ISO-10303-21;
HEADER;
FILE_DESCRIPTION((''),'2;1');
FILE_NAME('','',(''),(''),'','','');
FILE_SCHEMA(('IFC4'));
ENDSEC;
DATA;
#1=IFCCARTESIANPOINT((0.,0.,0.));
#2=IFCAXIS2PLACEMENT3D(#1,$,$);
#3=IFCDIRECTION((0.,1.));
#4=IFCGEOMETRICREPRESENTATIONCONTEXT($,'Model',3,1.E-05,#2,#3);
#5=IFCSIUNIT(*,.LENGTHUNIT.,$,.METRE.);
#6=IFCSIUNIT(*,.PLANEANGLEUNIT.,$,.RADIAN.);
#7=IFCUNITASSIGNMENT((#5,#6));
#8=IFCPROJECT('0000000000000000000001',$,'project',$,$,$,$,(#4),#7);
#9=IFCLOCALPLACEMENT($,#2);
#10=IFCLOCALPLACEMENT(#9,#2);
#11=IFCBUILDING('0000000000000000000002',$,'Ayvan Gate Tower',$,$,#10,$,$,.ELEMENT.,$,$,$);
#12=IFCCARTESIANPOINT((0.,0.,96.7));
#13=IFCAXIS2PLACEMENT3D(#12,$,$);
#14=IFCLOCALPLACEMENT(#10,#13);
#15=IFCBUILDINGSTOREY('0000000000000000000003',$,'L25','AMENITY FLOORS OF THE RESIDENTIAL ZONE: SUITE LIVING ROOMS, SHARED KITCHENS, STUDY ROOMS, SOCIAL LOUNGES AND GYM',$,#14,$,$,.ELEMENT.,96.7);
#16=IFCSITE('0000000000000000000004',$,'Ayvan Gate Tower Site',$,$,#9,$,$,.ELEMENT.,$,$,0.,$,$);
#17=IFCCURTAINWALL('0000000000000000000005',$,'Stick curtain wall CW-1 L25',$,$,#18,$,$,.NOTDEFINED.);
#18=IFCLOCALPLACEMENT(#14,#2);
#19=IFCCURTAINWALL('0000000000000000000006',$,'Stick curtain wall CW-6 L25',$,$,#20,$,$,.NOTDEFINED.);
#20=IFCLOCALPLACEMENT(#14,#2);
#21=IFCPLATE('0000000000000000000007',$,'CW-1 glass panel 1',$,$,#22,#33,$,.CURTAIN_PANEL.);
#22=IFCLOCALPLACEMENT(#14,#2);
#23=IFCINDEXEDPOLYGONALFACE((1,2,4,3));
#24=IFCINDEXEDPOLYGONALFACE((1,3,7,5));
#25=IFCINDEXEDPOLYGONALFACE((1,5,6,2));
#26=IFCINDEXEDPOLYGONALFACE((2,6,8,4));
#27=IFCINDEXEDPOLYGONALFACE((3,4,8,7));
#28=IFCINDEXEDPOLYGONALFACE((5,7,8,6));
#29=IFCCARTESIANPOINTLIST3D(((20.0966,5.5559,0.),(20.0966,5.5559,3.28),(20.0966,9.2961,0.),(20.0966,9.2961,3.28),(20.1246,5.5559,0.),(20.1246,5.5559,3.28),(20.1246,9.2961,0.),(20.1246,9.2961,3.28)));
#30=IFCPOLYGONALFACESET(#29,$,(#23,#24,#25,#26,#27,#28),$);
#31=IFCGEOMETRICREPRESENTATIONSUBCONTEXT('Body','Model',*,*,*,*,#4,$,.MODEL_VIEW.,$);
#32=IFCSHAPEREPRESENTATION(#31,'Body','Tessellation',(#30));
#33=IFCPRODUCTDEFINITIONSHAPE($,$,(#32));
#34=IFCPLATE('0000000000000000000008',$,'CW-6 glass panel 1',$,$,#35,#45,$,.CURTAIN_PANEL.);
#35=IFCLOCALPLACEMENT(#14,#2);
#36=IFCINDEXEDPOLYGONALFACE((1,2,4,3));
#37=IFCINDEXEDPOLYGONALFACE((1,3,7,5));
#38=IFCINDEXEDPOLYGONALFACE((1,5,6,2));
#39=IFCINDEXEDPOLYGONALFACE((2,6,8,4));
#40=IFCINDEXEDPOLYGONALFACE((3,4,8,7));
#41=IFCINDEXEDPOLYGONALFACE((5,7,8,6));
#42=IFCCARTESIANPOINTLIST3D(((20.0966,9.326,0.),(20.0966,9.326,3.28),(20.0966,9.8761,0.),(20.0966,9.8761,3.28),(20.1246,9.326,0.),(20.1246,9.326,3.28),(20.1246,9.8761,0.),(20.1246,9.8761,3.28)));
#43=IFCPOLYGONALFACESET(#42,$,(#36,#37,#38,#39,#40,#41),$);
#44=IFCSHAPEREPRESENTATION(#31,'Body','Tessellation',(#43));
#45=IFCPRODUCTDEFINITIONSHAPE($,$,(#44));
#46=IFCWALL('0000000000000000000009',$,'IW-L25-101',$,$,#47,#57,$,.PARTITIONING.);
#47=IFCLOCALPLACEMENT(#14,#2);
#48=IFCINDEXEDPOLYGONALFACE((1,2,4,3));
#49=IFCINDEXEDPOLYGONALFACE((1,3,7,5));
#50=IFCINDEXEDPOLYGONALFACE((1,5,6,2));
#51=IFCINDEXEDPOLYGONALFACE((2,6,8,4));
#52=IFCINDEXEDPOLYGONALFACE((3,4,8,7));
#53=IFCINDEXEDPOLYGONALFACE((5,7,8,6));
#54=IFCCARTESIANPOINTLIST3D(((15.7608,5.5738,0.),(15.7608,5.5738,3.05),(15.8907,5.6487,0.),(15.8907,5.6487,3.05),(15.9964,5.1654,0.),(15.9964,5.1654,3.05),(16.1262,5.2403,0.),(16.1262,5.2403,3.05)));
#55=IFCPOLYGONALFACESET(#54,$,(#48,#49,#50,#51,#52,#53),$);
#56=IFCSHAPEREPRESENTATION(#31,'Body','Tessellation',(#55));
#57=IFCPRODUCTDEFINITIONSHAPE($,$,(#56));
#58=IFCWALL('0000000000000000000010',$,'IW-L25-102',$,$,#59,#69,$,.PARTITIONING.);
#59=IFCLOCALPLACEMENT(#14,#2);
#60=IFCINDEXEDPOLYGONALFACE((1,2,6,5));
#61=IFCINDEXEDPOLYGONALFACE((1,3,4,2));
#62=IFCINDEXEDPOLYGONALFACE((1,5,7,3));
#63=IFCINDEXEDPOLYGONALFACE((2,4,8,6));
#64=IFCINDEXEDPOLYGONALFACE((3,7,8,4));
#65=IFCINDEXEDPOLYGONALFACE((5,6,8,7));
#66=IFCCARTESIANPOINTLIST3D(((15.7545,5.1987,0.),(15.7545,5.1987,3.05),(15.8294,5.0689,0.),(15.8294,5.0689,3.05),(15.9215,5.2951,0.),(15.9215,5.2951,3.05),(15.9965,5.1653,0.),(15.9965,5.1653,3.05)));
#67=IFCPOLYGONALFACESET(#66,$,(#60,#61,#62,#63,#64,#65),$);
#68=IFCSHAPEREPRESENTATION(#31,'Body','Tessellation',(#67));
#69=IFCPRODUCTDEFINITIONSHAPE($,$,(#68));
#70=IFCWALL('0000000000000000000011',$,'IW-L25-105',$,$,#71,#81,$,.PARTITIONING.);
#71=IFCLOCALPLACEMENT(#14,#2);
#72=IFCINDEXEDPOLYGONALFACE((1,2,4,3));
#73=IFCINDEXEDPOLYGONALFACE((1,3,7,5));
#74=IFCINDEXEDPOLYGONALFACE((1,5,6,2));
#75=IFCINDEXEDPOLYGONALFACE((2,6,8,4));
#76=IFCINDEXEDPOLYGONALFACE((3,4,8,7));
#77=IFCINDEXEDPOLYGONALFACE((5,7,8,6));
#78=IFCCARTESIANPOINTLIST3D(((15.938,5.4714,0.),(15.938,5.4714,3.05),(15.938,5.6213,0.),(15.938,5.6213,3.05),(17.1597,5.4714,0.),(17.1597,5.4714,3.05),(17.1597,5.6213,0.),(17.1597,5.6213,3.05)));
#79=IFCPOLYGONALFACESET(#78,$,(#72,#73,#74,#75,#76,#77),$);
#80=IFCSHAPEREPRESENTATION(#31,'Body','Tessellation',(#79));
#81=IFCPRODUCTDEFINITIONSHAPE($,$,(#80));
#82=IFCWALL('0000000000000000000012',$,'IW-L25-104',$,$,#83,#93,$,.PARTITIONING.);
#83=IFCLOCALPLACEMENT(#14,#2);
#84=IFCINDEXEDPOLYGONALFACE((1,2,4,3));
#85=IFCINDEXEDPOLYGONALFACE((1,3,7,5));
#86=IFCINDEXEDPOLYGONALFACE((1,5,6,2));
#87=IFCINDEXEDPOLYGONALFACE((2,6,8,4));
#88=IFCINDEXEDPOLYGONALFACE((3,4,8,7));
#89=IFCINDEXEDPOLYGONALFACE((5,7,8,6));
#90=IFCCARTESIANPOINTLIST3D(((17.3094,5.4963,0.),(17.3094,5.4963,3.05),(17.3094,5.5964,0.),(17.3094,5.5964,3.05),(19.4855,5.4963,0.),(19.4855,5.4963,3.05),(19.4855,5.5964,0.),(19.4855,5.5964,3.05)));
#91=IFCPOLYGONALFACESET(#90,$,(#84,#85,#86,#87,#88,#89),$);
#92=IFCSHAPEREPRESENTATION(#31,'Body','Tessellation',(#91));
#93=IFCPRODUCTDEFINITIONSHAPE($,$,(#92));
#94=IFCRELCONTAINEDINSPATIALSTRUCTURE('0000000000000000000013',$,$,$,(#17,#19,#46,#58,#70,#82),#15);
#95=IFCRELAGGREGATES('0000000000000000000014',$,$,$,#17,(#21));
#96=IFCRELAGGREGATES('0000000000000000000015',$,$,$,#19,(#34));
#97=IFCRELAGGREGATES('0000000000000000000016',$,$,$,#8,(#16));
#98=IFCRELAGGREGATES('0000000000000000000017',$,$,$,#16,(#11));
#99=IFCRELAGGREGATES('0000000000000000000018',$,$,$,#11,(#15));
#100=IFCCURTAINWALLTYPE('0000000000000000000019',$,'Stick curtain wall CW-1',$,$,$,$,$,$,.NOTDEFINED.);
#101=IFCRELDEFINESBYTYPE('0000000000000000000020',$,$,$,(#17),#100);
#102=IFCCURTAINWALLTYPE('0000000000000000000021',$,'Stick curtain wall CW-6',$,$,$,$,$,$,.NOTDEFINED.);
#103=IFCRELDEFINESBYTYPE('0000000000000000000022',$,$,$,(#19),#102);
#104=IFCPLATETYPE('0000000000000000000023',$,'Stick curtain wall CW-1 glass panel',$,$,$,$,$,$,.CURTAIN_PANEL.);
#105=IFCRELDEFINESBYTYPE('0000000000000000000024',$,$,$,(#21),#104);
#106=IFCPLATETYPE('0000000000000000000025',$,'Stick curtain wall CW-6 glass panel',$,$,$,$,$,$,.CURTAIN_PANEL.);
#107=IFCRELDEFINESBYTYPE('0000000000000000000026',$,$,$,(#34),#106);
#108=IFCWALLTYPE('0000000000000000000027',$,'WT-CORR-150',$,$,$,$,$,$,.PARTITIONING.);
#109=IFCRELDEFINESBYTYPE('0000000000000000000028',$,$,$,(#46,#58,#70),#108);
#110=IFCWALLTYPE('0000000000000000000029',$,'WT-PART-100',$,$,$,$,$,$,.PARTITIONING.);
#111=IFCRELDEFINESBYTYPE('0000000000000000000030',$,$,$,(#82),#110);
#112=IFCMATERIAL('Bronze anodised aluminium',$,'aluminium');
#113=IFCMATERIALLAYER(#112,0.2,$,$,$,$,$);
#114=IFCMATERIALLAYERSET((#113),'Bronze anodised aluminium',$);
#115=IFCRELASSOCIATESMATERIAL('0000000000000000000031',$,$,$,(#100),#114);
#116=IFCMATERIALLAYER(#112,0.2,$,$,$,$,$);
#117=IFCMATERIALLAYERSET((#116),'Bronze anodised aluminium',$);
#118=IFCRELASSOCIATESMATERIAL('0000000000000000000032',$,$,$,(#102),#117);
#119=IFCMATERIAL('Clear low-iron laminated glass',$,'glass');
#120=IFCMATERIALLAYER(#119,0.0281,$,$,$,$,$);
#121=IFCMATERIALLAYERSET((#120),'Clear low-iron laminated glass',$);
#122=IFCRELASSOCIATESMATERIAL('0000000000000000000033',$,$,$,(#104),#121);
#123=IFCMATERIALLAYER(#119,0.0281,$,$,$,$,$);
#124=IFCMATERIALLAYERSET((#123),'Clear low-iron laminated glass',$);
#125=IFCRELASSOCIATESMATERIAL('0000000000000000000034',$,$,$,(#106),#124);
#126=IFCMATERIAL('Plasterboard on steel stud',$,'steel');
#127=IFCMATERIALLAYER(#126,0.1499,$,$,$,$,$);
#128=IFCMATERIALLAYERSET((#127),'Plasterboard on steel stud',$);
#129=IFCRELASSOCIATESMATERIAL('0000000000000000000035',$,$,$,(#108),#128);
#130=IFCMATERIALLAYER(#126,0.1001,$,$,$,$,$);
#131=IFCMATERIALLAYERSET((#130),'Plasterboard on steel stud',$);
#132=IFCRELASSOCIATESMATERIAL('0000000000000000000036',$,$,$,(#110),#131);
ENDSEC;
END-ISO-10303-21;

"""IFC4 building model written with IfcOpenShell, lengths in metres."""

from ifc_helpers import new_model, si_unit, direction, frame, frame_2d, origin, origin_2d, place, context, subcontext, project, spatial, rectangle, extrude, material, layer, layer_set, type_object, element, aggregate, save


model = new_model("IFC4")

# Units and contexts
model_context = context("Model", 3, precision=1e-05, world=origin(), true_north=direction((0.0, 1.0)))
body_context = subcontext(model_context, "Body", "Model", "MODEL_VIEW")
ifc_project = project(units=[si_unit("LENGTHUNIT", "METRE"), si_unit("PLANEANGLEUNIT", "RADIAN")], contexts=[model_context])

# Site, building, storey
site_placement = place(None, origin())
site = spatial("IfcSite", under=ifc_project, at=site_placement, Name="Ayvan Gate Tower Site", CompositionType="ELEMENT", RefElevation=0.0)
building_placement = place(site_placement, origin())
building = spatial("IfcBuilding", under=site, at=building_placement, Name="Ayvan Gate Tower", CompositionType="ELEMENT")
storey_placement = place(building_placement, frame((0.0, 0.0, 96.7)))
storey = spatial("IfcBuildingStorey", under=building, at=storey_placement, Name="L25", Description="AMENITY FLOORS OF THE RESIDENTIAL ZONE: SUITE LIVING ROOMS, SHARED KITCHENS, STUDY ROOMS, SOCIAL LOUNGES AND GYM", CompositionType="ELEMENT", Elevation=96.7)

# Shared definitions
ifc_material_1 = material(Name="Bronze anodised aluminium", Category="aluminium")
ifc_layer_1 = layer(ifc_material_1, 0.2)
ifc_layer_set_1 = layer_set([ifc_layer_1], Name="Bronze anodised aluminium")
curtain_wall_type_1 = type_object("IfcCurtainWallType", Name="Stick curtain wall CW-1", PredefinedType="NOTDEFINED", material=ifc_layer_set_1)

# Curtain walls
curtain_wall_1_placement = place(storey_placement, origin())
curtain_wall_1 = element("IfcCurtainWall", 1, at=curtain_wall_1_placement, inside=storey, type_object=curtain_wall_type_1, Name="Stick curtain wall CW-1 L25", PredefinedType="NOTDEFINED")
ifc_layer_2 = layer(ifc_material_1, 0.2)
ifc_layer_set_2 = layer_set([ifc_layer_2], Name="Bronze anodised aluminium")
curtain_wall_type_2 = type_object("IfcCurtainWallType", Name="Stick curtain wall CW-6", PredefinedType="NOTDEFINED", material=ifc_layer_set_2)
curtain_wall_2_placement = place(storey_placement, origin())
curtain_wall_2 = element("IfcCurtainWall", 2, at=curtain_wall_2_placement, inside=storey, type_object=curtain_wall_type_2, Name="Stick curtain wall CW-6 L25", PredefinedType="NOTDEFINED")

# Plates
ifc_material_2 = material(Name="Clear low-iron laminated glass", Category="glass")
ifc_layer_3 = layer(ifc_material_2, 0.0281)
ifc_layer_set_3 = layer_set([ifc_layer_3], Name="Clear low-iron laminated glass")
plate_type_1 = type_object("IfcPlateType", Name="Stick curtain wall CW-1 glass panel", PredefinedType="CURTAIN_PANEL", material=ifc_layer_set_3)
plate_1_placement = place(storey_placement, frame((20.1106, 7.426, 0.0), z_axis=(0.0, 0.0, 1.0), x_axis=(0.0, 1.0, 0.0)))
plate_1 = element("IfcPlate", 3, at=plate_1_placement, type_object=plate_type_1, Name="CW-1 glass panel 1", PredefinedType="CURTAIN_PANEL", context=body_context, shape_type="SweptSolid", body=[
    extrude(rectangle(XDim=3.7402, YDim=0.0281, at=origin_2d()), origin(), (0.0, 0.0, 1.0), 3.28),
])
aggregate(curtain_wall_1, [plate_1])
ifc_layer_4 = layer(ifc_material_2, 0.0281)
ifc_layer_set_4 = layer_set([ifc_layer_4], Name="Clear low-iron laminated glass")
plate_type_2 = type_object("IfcPlateType", Name="Stick curtain wall CW-6 glass panel", PredefinedType="CURTAIN_PANEL", material=ifc_layer_set_4)
plate_2_placement = place(storey_placement, frame((20.1106, 9.6011, 0.0), z_axis=(0.0, 0.0, 1.0), x_axis=(0.0, 1.0, 0.0)))
plate_2 = element("IfcPlate", 4, at=plate_2_placement, type_object=plate_type_2, Name="CW-6 glass panel 1", PredefinedType="CURTAIN_PANEL", context=body_context, shape_type="SweptSolid", body=[
    extrude(rectangle(XDim=0.55, YDim=0.0281, at=origin_2d()), origin(), (0.0, 0.0, 1.0), 3.28),
])
aggregate(curtain_wall_2, [plate_2])

# Walls
ifc_material_3 = material(Name="Plasterboard on steel stud", Category="steel")
ifc_layer_5 = layer(ifc_material_3, 0.1499)
ifc_layer_set_5 = layer_set([ifc_layer_5], Name="Plasterboard on steel stud")
wall_type_1 = type_object("IfcWallType", Name="WT-CORR-150", PredefinedType="PARTITIONING", material=ifc_layer_set_5)
wall_1_placement = place(storey_placement, frame((15.8257, 5.6113, 0.0), z_axis=(0.0, 0.0, 1.0), x_axis=(0.499648, -0.866229, 0.0)))
element("IfcWall", 5, at=wall_1_placement, inside=storey, type_object=wall_type_1, Name="IW-L25-101", PredefinedType="PARTITIONING", context=body_context, shape_type="SweptSolid", body=[
    extrude(rectangle(XDim=0.4714, YDim=0.1499, at=frame_2d((0.2358, 0.0))), origin(), (0.0, 0.0, 1.0), 3.05),
])
wall_2_placement = place(storey_placement, frame((15.959, 5.2302, 0.0), z_axis=(0.0, 0.0, 1.0), x_axis=(-0.865975, -0.500088, 0.0)))
element("IfcWall", 6, at=wall_2_placement, inside=storey, type_object=wall_type_1, Name="IW-L25-102", PredefinedType="PARTITIONING", context=body_context, shape_type="SweptSolid", body=[
    extrude(rectangle(XDim=0.1929, YDim=0.1499, at=frame_2d((0.0964, 0.0))), origin(), (0.0, 0.0, 1.0), 3.05),
])
wall_3_placement = place(storey_placement, frame((17.1597, 5.5464, 0.0), z_axis=(0.0, 0.0, 1.0), x_axis=(-1.0, 0.0, 0.0)))
element("IfcWall", 7, at=wall_3_placement, inside=storey, type_object=wall_type_1, Name="IW-L25-105", PredefinedType="PARTITIONING", context=body_context, shape_type="SweptSolid", body=[
    extrude(rectangle(XDim=1.2217, YDim=0.1499, at=frame_2d((0.6108, 0.0))), origin(), (0.0, 0.0, 1.0), 3.05),
])
ifc_layer_6 = layer(ifc_material_3, 0.1001)
ifc_layer_set_6 = layer_set([ifc_layer_6], Name="Plasterboard on steel stud")
wall_type_2 = type_object("IfcWallType", Name="WT-PART-100", PredefinedType="PARTITIONING", material=ifc_layer_set_6)
wall_4_placement = place(storey_placement, frame((17.3096, 5.5464, 0.0), z_axis=(0.0, 0.0, 1.0), x_axis=(1.0, 0.0, 0.0)))
element("IfcWall", 8, at=wall_4_placement, inside=storey, type_object=wall_type_2, Name="IW-L25-104", PredefinedType="PARTITIONING", context=body_context, shape_type="SweptSolid", body=[
    extrude(rectangle(XDim=2.176, YDim=0.1001, at=frame_2d((1.0879, 0.0))), origin(), (0.0, 0.0, 1.0), 3.05),
])

save(model, "model.ifc")
